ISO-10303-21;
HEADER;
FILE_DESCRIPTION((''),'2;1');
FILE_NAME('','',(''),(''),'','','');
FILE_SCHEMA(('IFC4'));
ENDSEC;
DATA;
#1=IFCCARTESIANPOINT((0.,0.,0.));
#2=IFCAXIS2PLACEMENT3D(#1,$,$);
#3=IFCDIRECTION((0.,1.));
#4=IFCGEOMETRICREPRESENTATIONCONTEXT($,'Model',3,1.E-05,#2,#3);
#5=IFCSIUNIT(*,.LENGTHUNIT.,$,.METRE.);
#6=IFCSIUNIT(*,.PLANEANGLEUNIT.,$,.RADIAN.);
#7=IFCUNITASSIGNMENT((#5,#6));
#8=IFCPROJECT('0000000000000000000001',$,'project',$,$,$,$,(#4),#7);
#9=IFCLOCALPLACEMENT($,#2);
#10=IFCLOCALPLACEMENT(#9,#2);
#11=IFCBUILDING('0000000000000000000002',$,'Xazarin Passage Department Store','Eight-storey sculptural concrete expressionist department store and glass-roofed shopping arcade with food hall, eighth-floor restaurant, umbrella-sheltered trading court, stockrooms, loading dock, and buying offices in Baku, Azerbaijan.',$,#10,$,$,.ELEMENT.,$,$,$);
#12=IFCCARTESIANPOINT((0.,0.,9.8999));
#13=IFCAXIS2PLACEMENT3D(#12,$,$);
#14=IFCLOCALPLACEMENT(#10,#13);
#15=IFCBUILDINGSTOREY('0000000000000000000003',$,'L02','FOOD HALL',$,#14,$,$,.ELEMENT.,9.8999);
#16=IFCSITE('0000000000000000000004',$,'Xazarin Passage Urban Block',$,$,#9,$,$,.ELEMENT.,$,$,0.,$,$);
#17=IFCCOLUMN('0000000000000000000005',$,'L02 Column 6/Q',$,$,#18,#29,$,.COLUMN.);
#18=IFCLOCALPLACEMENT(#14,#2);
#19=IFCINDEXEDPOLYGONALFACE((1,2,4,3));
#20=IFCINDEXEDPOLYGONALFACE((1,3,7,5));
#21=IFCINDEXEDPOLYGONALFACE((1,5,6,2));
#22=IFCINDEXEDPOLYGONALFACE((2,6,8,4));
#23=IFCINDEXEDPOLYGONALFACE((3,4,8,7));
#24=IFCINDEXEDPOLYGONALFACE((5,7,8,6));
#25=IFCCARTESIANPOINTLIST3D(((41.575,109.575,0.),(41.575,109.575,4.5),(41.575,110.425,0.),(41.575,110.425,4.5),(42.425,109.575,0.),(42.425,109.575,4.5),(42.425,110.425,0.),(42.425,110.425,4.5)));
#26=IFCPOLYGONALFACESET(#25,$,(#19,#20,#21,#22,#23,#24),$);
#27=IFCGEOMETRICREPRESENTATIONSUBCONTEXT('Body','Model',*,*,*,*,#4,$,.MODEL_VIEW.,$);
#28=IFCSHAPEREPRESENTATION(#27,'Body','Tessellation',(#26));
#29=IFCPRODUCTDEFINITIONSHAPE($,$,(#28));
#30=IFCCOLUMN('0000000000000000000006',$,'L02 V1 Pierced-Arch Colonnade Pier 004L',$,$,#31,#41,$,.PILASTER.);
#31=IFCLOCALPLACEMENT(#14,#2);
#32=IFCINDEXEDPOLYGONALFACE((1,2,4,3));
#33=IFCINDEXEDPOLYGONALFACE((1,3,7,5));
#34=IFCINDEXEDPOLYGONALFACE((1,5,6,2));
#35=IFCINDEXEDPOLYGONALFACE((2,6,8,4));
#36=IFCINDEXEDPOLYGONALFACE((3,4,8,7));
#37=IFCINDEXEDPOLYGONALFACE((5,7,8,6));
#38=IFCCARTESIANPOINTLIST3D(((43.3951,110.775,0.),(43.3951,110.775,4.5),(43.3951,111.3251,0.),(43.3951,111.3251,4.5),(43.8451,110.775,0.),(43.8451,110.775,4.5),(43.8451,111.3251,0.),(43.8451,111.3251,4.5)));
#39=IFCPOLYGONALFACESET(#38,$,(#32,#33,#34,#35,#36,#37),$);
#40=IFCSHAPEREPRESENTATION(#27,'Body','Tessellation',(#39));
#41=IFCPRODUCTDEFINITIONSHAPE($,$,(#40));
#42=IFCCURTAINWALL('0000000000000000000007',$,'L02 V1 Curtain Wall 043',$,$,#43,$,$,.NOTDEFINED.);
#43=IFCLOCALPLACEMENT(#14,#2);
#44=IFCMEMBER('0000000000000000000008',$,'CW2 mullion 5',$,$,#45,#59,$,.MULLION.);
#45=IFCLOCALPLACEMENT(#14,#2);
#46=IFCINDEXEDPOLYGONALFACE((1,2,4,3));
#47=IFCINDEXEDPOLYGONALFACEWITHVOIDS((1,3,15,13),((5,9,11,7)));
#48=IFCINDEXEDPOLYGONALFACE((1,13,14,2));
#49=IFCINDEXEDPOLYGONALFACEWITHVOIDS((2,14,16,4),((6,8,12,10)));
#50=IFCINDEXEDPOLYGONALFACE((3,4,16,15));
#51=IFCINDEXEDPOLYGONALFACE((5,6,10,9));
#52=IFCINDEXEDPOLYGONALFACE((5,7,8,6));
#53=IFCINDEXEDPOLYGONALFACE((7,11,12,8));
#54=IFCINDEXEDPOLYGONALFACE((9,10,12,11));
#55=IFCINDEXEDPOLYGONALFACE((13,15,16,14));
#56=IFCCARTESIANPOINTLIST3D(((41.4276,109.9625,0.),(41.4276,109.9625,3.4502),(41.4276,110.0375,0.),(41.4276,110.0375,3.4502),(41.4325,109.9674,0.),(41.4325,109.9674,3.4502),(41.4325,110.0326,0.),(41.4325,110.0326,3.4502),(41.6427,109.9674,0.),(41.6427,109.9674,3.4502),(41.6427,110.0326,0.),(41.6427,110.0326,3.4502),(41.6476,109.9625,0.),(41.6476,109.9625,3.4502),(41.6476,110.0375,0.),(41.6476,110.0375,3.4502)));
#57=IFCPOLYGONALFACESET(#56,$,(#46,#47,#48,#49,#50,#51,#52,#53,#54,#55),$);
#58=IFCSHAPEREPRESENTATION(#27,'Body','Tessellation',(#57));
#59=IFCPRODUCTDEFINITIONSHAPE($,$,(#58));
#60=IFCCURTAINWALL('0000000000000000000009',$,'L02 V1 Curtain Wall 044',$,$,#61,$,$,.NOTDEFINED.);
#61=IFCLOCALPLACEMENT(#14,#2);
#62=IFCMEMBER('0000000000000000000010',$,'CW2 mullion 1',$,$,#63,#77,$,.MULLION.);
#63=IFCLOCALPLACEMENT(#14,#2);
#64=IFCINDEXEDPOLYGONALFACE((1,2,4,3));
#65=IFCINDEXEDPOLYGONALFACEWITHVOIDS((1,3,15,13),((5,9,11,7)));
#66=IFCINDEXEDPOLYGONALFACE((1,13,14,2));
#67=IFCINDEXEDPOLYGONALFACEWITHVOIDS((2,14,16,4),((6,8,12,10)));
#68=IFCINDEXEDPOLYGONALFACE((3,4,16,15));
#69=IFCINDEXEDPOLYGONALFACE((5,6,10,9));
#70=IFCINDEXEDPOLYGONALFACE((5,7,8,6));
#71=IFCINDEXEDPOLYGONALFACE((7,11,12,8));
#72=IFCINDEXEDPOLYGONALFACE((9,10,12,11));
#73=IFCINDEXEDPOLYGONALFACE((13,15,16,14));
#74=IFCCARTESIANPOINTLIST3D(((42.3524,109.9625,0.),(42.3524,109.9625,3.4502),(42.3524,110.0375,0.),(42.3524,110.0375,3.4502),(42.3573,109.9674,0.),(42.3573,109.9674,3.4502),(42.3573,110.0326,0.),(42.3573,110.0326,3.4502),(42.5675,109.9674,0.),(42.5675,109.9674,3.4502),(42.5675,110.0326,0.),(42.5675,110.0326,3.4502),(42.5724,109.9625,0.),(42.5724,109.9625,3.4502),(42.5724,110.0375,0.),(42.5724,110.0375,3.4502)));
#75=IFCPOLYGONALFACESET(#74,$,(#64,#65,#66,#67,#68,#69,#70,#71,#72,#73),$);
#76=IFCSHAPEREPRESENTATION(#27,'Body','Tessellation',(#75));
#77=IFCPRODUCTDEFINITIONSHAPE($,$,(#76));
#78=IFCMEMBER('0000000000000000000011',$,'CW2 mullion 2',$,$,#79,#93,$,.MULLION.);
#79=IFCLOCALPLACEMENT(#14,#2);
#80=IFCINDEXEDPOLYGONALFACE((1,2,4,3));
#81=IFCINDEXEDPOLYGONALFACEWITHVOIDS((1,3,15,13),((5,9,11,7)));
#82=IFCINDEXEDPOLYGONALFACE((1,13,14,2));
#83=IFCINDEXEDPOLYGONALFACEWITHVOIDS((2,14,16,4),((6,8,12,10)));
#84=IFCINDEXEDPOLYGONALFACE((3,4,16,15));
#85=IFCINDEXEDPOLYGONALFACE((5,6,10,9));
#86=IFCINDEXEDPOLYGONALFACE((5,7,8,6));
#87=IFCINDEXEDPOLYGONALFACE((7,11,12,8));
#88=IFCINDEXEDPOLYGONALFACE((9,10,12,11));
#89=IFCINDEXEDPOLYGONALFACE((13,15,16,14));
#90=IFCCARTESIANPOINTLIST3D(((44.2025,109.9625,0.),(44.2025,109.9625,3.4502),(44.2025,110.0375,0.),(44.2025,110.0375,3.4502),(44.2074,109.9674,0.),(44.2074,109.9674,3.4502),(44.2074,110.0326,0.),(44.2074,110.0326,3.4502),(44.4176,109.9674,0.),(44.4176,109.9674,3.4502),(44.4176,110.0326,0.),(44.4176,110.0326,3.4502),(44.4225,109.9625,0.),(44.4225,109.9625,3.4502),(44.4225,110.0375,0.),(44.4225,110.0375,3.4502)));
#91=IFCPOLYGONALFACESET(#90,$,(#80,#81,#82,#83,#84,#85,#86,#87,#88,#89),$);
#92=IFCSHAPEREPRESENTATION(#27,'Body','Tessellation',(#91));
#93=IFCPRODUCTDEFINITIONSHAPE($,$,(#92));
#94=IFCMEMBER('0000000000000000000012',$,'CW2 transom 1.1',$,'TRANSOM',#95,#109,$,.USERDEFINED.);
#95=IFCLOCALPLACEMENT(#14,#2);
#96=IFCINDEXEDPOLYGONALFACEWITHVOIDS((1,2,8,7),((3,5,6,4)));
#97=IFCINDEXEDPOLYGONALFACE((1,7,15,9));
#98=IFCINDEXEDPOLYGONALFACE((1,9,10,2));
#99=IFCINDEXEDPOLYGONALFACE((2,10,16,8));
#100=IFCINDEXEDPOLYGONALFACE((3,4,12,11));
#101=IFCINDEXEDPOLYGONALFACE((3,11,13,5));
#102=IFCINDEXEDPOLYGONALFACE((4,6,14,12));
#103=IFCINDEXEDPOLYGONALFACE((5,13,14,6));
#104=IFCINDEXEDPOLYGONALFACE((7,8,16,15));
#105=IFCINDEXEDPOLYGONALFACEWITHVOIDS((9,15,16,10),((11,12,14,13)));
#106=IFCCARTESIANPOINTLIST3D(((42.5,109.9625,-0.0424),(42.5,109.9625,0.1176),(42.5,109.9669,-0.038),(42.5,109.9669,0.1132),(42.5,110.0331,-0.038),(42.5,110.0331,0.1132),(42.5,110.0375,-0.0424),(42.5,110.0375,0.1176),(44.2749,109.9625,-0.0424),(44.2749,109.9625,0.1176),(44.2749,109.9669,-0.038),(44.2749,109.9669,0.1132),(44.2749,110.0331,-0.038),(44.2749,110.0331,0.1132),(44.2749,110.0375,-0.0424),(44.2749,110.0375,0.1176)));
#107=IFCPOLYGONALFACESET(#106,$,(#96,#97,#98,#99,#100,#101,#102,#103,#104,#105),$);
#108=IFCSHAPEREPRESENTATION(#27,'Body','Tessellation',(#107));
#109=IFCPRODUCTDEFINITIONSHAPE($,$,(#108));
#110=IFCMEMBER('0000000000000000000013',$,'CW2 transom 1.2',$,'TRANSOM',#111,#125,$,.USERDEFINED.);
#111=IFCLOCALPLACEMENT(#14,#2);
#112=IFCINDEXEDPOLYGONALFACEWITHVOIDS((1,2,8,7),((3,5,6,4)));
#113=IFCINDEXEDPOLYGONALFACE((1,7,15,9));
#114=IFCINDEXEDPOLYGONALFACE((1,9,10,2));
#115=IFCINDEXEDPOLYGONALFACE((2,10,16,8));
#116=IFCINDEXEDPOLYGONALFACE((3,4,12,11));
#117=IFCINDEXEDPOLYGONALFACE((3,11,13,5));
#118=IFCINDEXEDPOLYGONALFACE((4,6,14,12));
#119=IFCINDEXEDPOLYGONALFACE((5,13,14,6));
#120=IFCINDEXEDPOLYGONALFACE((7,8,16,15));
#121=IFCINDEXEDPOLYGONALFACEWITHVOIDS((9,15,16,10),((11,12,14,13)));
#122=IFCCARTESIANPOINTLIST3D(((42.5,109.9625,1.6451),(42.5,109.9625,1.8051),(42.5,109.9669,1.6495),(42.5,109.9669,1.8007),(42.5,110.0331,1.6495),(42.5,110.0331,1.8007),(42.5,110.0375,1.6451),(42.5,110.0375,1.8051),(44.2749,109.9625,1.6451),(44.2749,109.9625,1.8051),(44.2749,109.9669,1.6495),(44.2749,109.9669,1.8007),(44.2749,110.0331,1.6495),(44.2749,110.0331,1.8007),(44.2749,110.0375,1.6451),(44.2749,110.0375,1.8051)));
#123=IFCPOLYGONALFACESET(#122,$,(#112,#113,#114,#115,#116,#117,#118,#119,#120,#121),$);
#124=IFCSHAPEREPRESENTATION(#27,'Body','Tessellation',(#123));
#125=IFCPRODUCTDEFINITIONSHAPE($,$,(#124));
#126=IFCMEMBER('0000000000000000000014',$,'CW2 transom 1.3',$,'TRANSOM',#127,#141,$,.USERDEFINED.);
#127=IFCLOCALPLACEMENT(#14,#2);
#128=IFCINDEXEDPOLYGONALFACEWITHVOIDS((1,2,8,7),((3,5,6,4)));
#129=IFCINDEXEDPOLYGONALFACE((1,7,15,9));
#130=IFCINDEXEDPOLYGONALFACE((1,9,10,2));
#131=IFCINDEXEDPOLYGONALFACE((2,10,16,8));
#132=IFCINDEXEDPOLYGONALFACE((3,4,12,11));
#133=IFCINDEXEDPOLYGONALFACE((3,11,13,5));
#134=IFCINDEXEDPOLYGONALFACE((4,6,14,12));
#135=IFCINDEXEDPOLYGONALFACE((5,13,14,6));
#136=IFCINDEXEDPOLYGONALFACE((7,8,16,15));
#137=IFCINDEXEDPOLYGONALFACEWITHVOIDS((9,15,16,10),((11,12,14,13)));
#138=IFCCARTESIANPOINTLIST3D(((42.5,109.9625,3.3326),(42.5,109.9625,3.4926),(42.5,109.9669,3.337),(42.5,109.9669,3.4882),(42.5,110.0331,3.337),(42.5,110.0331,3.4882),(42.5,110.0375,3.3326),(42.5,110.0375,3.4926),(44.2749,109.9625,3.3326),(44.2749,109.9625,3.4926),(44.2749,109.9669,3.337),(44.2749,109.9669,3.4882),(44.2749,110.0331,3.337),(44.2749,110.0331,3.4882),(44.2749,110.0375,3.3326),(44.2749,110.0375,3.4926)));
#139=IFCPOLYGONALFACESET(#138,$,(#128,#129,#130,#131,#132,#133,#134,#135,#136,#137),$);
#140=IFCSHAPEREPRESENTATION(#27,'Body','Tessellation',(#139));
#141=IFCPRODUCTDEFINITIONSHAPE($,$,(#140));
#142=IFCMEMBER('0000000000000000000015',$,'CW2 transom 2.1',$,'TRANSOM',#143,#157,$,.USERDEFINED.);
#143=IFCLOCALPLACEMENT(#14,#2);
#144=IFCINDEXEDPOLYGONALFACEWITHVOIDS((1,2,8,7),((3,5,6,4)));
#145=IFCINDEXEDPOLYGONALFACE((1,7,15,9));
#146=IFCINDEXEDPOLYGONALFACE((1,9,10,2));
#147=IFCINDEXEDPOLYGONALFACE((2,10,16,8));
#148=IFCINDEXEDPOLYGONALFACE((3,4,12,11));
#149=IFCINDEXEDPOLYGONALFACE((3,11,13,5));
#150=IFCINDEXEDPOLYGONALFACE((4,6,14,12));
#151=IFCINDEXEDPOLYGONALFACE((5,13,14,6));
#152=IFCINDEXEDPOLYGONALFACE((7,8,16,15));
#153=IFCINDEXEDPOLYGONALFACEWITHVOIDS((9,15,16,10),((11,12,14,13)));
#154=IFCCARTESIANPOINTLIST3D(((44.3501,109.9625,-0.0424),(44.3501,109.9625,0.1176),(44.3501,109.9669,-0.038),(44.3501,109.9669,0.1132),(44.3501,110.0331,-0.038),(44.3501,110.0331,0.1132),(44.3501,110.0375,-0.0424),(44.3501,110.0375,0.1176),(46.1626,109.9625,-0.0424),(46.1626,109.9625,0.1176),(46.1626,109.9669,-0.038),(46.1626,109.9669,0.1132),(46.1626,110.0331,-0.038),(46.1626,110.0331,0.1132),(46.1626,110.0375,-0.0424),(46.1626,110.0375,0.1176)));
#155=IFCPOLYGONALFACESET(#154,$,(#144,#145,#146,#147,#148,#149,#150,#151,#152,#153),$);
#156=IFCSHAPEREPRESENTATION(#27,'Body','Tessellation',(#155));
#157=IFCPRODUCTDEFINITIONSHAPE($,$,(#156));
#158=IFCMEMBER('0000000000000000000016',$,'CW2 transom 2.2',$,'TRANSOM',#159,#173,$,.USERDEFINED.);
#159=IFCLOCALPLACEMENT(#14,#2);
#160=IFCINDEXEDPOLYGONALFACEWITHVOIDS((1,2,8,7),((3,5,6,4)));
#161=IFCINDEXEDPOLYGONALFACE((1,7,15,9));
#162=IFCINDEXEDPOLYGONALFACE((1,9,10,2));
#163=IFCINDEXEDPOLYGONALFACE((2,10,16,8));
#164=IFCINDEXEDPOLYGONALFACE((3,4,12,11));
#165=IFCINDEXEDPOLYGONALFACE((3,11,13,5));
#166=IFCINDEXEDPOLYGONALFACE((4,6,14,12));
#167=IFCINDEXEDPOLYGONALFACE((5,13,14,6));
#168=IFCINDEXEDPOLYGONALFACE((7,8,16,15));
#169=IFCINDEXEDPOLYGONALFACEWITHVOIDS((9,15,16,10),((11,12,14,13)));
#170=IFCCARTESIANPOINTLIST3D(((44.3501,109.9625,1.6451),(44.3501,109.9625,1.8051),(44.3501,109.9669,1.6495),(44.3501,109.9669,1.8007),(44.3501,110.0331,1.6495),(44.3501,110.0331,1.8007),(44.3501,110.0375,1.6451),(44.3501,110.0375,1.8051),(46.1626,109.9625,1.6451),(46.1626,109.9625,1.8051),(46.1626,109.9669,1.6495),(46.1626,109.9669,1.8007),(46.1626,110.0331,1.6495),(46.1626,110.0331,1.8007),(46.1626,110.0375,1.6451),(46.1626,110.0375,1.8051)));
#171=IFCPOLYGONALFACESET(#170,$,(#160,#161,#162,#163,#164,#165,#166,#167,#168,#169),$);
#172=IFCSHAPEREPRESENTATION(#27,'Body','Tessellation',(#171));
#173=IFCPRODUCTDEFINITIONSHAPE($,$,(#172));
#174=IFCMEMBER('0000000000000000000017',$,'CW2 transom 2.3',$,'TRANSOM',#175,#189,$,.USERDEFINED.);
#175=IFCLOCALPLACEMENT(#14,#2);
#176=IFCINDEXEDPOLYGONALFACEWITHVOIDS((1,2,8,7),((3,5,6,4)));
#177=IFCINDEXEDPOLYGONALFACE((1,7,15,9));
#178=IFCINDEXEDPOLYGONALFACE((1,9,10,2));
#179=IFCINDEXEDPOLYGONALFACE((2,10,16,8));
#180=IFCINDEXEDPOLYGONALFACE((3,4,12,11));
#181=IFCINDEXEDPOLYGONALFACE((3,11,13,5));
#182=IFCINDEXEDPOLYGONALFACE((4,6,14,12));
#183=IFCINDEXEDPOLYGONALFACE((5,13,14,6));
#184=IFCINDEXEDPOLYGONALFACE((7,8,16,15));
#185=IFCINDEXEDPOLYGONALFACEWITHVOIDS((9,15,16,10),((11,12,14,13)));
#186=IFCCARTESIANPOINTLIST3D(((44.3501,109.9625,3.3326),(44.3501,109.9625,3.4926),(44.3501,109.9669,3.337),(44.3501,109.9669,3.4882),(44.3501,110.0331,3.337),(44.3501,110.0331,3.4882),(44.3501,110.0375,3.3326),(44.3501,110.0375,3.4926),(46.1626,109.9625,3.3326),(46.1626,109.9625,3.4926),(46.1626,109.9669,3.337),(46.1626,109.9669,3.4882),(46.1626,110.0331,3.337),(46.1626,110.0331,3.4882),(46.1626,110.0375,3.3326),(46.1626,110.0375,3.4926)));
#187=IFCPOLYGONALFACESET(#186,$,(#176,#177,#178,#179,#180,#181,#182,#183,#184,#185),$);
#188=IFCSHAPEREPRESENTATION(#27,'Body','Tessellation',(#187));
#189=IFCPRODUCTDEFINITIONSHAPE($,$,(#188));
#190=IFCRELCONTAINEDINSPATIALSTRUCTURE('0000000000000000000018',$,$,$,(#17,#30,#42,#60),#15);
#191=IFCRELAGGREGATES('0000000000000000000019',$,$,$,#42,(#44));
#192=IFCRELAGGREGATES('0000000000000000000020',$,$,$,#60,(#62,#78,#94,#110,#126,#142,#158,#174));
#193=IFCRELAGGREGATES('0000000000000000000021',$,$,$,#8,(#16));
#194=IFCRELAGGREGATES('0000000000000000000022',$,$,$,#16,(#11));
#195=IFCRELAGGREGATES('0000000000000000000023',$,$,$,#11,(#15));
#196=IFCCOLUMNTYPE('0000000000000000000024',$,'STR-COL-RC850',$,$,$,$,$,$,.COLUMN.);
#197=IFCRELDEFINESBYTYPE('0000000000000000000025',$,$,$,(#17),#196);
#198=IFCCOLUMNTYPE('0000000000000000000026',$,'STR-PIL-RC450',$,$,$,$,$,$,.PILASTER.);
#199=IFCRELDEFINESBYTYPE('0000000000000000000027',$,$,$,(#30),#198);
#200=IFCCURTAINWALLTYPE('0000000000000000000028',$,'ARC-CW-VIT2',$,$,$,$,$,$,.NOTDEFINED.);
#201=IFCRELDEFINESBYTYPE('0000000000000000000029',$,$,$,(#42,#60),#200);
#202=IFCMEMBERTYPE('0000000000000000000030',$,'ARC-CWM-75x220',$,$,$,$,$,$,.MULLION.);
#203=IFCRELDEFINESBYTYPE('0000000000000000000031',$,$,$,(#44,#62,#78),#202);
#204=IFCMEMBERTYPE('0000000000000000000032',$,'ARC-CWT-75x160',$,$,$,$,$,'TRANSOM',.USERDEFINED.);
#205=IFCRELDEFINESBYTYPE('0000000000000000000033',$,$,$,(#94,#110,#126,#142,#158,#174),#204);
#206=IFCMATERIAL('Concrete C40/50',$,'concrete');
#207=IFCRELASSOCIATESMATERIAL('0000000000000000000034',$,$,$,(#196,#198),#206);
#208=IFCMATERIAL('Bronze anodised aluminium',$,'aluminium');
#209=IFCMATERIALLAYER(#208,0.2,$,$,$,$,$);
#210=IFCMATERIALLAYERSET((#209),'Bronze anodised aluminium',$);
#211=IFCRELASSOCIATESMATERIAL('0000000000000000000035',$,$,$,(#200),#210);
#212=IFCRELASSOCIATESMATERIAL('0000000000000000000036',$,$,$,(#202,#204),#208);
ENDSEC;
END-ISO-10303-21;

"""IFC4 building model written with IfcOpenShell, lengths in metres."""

from ifc_helpers import new_model, si_unit, direction, frame, origin, origin_2d, place, context, subcontext, project, spatial, rectangle, hollow_rectangle, extrude, material, layer, layer_set, material_profile, profile_set, type_object, element, aggregate, save


model = new_model("IFC4")

# Units and contexts
model_context = context("Model", 3, precision=1e-05, world=origin(), true_north=direction((0.0, 1.0)))
body_context = subcontext(model_context, "Body", "Model", "MODEL_VIEW")
ifc_project = project(units=[si_unit("LENGTHUNIT", "METRE"), si_unit("PLANEANGLEUNIT", "RADIAN")], contexts=[model_context])

# Site, building, storey
site_placement = place(None, origin())
site = spatial("IfcSite", under=ifc_project, at=site_placement, Name="Xazarin Passage Urban Block", CompositionType="ELEMENT", RefElevation=0.0)
building_placement = place(site_placement, origin())
building = spatial("IfcBuilding", under=site, at=building_placement, Name="Xazarin Passage Department Store", Description="Eight-storey sculptural concrete expressionist department store and glass-roofed shopping arcade with food hall, eighth-floor restaurant, umbrella-sheltered trading court, stockrooms, loading dock, and buying offices in Baku, Azerbaijan.", CompositionType="ELEMENT")
storey_placement = place(building_placement, frame((0.0, 0.0, 9.8999)))
storey = spatial("IfcBuildingStorey", under=building, at=storey_placement, Name="L02", Description="FOOD HALL", CompositionType="ELEMENT", Elevation=9.8999)

# Columns
ifc_material_1 = material(Name="Concrete C40/50", Category="concrete")
ifc_material_profile_1 = material_profile(ifc_material_1, rectangle(XDim=0.8501, YDim=0.8501, at=origin_2d()), Name="RC 850x850")
ifc_profile_set_1 = profile_set([ifc_material_profile_1], Name="Concrete C40/50")
column_type_1 = type_object("IfcColumnType", Name="STR-COL-RC850", PredefinedType="COLUMN", material=ifc_profile_set_1)
column_1_placement = place(storey_placement, frame((42.0, 110.0, 0.0), z_axis=(0.0, 0.0, 1.0), x_axis=(1.0, 0.0, 0.0)))
element("IfcColumn", 1, at=column_1_placement, inside=storey, type_object=column_type_1, Name="L02 Column 6/Q", PredefinedType="COLUMN", context=body_context, shape_type="SweptSolid", body=[
    extrude(rectangle(XDim=0.8501, YDim=0.8501, at=origin_2d()), origin(), (0.0, 0.0, 1.0), 4.5),
])
ifc_material_profile_2 = material_profile(ifc_material_1, rectangle(XDim=0.45, YDim=0.55, at=origin_2d()), Name="RC 450x550")
ifc_profile_set_2 = profile_set([ifc_material_profile_2], Name="Concrete C40/50")
column_type_2 = type_object("IfcColumnType", Name="STR-PIL-RC450", PredefinedType="PILASTER", material=ifc_profile_set_2)
column_2_placement = place(storey_placement, frame((43.6201, 111.05, 0.0), z_axis=(0.0, 0.0, 1.0), x_axis=(1.0, 0.0, 0.0)))
element("IfcColumn", 2, at=column_2_placement, inside=storey, type_object=column_type_2, Name="L02 V1 Pierced-Arch Colonnade Pier 004L", PredefinedType="PILASTER", context=body_context, shape_type="SweptSolid", body=[
    extrude(rectangle(XDim=0.45, YDim=0.55, at=origin_2d()), origin(), (0.0, 0.0, 1.0), 4.5),
])

# Curtain wall, member
ifc_material_2 = material(Name="Bronze anodised aluminium", Category="aluminium")
ifc_layer_1 = layer(ifc_material_2, 0.2)
ifc_layer_set_1 = layer_set([ifc_layer_1], Name="Bronze anodised aluminium")
curtain_wall_type = type_object("IfcCurtainWallType", Name="ARC-CW-VIT2", PredefinedType="NOTDEFINED", material=ifc_layer_set_1)
curtain_wall_1_placement = place(storey_placement, origin())
curtain_wall_1 = element("IfcCurtainWall", 3, at=curtain_wall_1_placement, inside=storey, type_object=curtain_wall_type, Name="L02 V1 Curtain Wall 043", PredefinedType="NOTDEFINED")
ifc_material_profile_3 = material_profile(ifc_material_2, hollow_rectangle(XDim=0.075, YDim=0.22, WallThickness=0.0049, at=origin_2d()), Name="ALU 75x220")
ifc_profile_set_3 = profile_set([ifc_material_profile_3], Name="Bronze anodised aluminium")
member_type_1 = type_object("IfcMemberType", Name="ARC-CWM-75x220", PredefinedType="MULLION", material=ifc_profile_set_3)
member_1_placement = place(storey_placement, frame((41.5376, 110.0, 0.0), z_axis=(0.0, 0.0, 1.0), x_axis=(0.0, 1.0, 0.0)))
member_1 = element("IfcMember", 4, at=member_1_placement, type_object=member_type_1, Name="CW2 mullion 5", PredefinedType="MULLION", context=body_context, shape_type="SweptSolid", body=[
    extrude(hollow_rectangle(XDim=0.075, YDim=0.22, WallThickness=0.0049, at=origin_2d()), origin(), (0.0, 0.0, 1.0), 3.4502),
])

# Curtain wall, members
curtain_wall_2_placement = place(storey_placement, origin())
curtain_wall_2 = element("IfcCurtainWall", 5, at=curtain_wall_2_placement, inside=storey, type_object=curtain_wall_type, Name="L02 V1 Curtain Wall 044", PredefinedType="NOTDEFINED")
member_2_placement = place(storey_placement, frame((42.4624, 110.0, 0.0), z_axis=(0.0, 0.0, 1.0), x_axis=(0.0, 1.0, 0.0)))
member_2 = element("IfcMember", 6, at=member_2_placement, type_object=member_type_1, Name="CW2 mullion 1", PredefinedType="MULLION", context=body_context, shape_type="SweptSolid", body=[
    extrude(hollow_rectangle(XDim=0.075, YDim=0.22, WallThickness=0.0049, at=origin_2d()), origin(), (0.0, 0.0, 1.0), 3.4502),
])
member_3_placement = place(storey_placement, frame((44.3125, 110.0, 0.0), z_axis=(0.0, 0.0, 1.0), x_axis=(0.0, 1.0, 0.0)))
member_3 = element("IfcMember", 7, at=member_3_placement, type_object=member_type_1, Name="CW2 mullion 2", PredefinedType="MULLION", context=body_context, shape_type="SweptSolid", body=[
    extrude(hollow_rectangle(XDim=0.075, YDim=0.22, WallThickness=0.0049, at=origin_2d()), origin(), (0.0, 0.0, 1.0), 3.4502),
])
ifc_material_profile_4 = material_profile(ifc_material_2, hollow_rectangle(XDim=0.075, YDim=0.1599, WallThickness=0.0044, at=origin_2d()), Name="ALU 75x160")
ifc_profile_set_4 = profile_set([ifc_material_profile_4], Name="Bronze anodised aluminium")
member_type_2 = type_object("IfcMemberType", Name="ARC-CWT-75x160", ElementType="TRANSOM", PredefinedType="USERDEFINED", material=ifc_profile_set_4)
member_4_placement = place(storey_placement, frame((42.5, 110.0, 0.0376), z_axis=(1.0, 0.0, 0.0), x_axis=(0.0, 1.0, 0.0)))
member_4 = element("IfcMember", 8, at=member_4_placement, type_object=member_type_2, Name="CW2 transom 1.1", ObjectType="TRANSOM", PredefinedType="USERDEFINED", context=body_context, shape_type="SweptSolid", body=[
    extrude(hollow_rectangle(XDim=0.075, YDim=0.1599, WallThickness=0.0044, at=origin_2d()), origin(), (0.0, 0.0, 1.0), 1.7749),
])
member_5_placement = place(storey_placement, frame((42.5, 110.0, 1.7251), z_axis=(1.0, 0.0, 0.0), x_axis=(0.0, 1.0, 0.0)))
member_5 = element("IfcMember", 9, at=member_5_placement, type_object=member_type_2, Name="CW2 transom 1.2", ObjectType="TRANSOM", PredefinedType="USERDEFINED", context=body_context, shape_type="SweptSolid", body=[
    extrude(hollow_rectangle(XDim=0.075, YDim=0.1599, WallThickness=0.0044, at=origin_2d()), origin(), (0.0, 0.0, 1.0), 1.7749),
])
member_6_placement = place(storey_placement, frame((42.5, 110.0, 3.4126), z_axis=(1.0, 0.0, 0.0), x_axis=(0.0, 1.0, 0.0)))
member_6 = element("IfcMember", 10, at=member_6_placement, type_object=member_type_2, Name="CW2 transom 1.3", ObjectType="TRANSOM", PredefinedType="USERDEFINED", context=body_context, shape_type="SweptSolid", body=[
    extrude(hollow_rectangle(XDim=0.075, YDim=0.1599, WallThickness=0.0044, at=origin_2d()), origin(), (0.0, 0.0, 1.0), 1.7749),
])
member_7_placement = place(storey_placement, frame((44.3501, 110.0, 0.0376), z_axis=(1.0, 0.0, 0.0), x_axis=(0.0, 1.0, 0.0)))
member_7 = element("IfcMember", 11, at=member_7_placement, type_object=member_type_2, Name="CW2 transom 2.1", ObjectType="TRANSOM", PredefinedType="USERDEFINED", context=body_context, shape_type="SweptSolid", body=[
    extrude(hollow_rectangle(XDim=0.075, YDim=0.1599, WallThickness=0.0044, at=origin_2d()), origin(), (0.0, 0.0, 1.0), 1.8125),
])
member_8_placement = place(storey_placement, frame((44.3501, 110.0, 1.7251), z_axis=(1.0, 0.0, 0.0), x_axis=(0.0, 1.0, 0.0)))
member_8 = element("IfcMember", 12, at=member_8_placement, type_object=member_type_2, Name="CW2 transom 2.2", ObjectType="TRANSOM", PredefinedType="USERDEFINED", context=body_context, shape_type="SweptSolid", body=[
    extrude(hollow_rectangle(XDim=0.075, YDim=0.1599, WallThickness=0.0044, at=origin_2d()), origin(), (0.0, 0.0, 1.0), 1.8125),
])
member_9_placement = place(storey_placement, frame((44.3501, 110.0, 3.4126), z_axis=(1.0, 0.0, 0.0), x_axis=(0.0, 1.0, 0.0)))
member_9 = element("IfcMember", 13, at=member_9_placement, type_object=member_type_2, Name="CW2 transom 2.3", ObjectType="TRANSOM", PredefinedType="USERDEFINED", context=body_context, shape_type="SweptSolid", body=[
    extrude(hollow_rectangle(XDim=0.075, YDim=0.1599, WallThickness=0.0044, at=origin_2d()), origin(), (0.0, 0.0, 1.0), 1.8125),
])

aggregate(curtain_wall_1, [member_1])
aggregate(curtain_wall_2, [member_2, member_3, member_4, member_5, member_6, member_7, member_8, member_9])

save(model, "model.ifc")
